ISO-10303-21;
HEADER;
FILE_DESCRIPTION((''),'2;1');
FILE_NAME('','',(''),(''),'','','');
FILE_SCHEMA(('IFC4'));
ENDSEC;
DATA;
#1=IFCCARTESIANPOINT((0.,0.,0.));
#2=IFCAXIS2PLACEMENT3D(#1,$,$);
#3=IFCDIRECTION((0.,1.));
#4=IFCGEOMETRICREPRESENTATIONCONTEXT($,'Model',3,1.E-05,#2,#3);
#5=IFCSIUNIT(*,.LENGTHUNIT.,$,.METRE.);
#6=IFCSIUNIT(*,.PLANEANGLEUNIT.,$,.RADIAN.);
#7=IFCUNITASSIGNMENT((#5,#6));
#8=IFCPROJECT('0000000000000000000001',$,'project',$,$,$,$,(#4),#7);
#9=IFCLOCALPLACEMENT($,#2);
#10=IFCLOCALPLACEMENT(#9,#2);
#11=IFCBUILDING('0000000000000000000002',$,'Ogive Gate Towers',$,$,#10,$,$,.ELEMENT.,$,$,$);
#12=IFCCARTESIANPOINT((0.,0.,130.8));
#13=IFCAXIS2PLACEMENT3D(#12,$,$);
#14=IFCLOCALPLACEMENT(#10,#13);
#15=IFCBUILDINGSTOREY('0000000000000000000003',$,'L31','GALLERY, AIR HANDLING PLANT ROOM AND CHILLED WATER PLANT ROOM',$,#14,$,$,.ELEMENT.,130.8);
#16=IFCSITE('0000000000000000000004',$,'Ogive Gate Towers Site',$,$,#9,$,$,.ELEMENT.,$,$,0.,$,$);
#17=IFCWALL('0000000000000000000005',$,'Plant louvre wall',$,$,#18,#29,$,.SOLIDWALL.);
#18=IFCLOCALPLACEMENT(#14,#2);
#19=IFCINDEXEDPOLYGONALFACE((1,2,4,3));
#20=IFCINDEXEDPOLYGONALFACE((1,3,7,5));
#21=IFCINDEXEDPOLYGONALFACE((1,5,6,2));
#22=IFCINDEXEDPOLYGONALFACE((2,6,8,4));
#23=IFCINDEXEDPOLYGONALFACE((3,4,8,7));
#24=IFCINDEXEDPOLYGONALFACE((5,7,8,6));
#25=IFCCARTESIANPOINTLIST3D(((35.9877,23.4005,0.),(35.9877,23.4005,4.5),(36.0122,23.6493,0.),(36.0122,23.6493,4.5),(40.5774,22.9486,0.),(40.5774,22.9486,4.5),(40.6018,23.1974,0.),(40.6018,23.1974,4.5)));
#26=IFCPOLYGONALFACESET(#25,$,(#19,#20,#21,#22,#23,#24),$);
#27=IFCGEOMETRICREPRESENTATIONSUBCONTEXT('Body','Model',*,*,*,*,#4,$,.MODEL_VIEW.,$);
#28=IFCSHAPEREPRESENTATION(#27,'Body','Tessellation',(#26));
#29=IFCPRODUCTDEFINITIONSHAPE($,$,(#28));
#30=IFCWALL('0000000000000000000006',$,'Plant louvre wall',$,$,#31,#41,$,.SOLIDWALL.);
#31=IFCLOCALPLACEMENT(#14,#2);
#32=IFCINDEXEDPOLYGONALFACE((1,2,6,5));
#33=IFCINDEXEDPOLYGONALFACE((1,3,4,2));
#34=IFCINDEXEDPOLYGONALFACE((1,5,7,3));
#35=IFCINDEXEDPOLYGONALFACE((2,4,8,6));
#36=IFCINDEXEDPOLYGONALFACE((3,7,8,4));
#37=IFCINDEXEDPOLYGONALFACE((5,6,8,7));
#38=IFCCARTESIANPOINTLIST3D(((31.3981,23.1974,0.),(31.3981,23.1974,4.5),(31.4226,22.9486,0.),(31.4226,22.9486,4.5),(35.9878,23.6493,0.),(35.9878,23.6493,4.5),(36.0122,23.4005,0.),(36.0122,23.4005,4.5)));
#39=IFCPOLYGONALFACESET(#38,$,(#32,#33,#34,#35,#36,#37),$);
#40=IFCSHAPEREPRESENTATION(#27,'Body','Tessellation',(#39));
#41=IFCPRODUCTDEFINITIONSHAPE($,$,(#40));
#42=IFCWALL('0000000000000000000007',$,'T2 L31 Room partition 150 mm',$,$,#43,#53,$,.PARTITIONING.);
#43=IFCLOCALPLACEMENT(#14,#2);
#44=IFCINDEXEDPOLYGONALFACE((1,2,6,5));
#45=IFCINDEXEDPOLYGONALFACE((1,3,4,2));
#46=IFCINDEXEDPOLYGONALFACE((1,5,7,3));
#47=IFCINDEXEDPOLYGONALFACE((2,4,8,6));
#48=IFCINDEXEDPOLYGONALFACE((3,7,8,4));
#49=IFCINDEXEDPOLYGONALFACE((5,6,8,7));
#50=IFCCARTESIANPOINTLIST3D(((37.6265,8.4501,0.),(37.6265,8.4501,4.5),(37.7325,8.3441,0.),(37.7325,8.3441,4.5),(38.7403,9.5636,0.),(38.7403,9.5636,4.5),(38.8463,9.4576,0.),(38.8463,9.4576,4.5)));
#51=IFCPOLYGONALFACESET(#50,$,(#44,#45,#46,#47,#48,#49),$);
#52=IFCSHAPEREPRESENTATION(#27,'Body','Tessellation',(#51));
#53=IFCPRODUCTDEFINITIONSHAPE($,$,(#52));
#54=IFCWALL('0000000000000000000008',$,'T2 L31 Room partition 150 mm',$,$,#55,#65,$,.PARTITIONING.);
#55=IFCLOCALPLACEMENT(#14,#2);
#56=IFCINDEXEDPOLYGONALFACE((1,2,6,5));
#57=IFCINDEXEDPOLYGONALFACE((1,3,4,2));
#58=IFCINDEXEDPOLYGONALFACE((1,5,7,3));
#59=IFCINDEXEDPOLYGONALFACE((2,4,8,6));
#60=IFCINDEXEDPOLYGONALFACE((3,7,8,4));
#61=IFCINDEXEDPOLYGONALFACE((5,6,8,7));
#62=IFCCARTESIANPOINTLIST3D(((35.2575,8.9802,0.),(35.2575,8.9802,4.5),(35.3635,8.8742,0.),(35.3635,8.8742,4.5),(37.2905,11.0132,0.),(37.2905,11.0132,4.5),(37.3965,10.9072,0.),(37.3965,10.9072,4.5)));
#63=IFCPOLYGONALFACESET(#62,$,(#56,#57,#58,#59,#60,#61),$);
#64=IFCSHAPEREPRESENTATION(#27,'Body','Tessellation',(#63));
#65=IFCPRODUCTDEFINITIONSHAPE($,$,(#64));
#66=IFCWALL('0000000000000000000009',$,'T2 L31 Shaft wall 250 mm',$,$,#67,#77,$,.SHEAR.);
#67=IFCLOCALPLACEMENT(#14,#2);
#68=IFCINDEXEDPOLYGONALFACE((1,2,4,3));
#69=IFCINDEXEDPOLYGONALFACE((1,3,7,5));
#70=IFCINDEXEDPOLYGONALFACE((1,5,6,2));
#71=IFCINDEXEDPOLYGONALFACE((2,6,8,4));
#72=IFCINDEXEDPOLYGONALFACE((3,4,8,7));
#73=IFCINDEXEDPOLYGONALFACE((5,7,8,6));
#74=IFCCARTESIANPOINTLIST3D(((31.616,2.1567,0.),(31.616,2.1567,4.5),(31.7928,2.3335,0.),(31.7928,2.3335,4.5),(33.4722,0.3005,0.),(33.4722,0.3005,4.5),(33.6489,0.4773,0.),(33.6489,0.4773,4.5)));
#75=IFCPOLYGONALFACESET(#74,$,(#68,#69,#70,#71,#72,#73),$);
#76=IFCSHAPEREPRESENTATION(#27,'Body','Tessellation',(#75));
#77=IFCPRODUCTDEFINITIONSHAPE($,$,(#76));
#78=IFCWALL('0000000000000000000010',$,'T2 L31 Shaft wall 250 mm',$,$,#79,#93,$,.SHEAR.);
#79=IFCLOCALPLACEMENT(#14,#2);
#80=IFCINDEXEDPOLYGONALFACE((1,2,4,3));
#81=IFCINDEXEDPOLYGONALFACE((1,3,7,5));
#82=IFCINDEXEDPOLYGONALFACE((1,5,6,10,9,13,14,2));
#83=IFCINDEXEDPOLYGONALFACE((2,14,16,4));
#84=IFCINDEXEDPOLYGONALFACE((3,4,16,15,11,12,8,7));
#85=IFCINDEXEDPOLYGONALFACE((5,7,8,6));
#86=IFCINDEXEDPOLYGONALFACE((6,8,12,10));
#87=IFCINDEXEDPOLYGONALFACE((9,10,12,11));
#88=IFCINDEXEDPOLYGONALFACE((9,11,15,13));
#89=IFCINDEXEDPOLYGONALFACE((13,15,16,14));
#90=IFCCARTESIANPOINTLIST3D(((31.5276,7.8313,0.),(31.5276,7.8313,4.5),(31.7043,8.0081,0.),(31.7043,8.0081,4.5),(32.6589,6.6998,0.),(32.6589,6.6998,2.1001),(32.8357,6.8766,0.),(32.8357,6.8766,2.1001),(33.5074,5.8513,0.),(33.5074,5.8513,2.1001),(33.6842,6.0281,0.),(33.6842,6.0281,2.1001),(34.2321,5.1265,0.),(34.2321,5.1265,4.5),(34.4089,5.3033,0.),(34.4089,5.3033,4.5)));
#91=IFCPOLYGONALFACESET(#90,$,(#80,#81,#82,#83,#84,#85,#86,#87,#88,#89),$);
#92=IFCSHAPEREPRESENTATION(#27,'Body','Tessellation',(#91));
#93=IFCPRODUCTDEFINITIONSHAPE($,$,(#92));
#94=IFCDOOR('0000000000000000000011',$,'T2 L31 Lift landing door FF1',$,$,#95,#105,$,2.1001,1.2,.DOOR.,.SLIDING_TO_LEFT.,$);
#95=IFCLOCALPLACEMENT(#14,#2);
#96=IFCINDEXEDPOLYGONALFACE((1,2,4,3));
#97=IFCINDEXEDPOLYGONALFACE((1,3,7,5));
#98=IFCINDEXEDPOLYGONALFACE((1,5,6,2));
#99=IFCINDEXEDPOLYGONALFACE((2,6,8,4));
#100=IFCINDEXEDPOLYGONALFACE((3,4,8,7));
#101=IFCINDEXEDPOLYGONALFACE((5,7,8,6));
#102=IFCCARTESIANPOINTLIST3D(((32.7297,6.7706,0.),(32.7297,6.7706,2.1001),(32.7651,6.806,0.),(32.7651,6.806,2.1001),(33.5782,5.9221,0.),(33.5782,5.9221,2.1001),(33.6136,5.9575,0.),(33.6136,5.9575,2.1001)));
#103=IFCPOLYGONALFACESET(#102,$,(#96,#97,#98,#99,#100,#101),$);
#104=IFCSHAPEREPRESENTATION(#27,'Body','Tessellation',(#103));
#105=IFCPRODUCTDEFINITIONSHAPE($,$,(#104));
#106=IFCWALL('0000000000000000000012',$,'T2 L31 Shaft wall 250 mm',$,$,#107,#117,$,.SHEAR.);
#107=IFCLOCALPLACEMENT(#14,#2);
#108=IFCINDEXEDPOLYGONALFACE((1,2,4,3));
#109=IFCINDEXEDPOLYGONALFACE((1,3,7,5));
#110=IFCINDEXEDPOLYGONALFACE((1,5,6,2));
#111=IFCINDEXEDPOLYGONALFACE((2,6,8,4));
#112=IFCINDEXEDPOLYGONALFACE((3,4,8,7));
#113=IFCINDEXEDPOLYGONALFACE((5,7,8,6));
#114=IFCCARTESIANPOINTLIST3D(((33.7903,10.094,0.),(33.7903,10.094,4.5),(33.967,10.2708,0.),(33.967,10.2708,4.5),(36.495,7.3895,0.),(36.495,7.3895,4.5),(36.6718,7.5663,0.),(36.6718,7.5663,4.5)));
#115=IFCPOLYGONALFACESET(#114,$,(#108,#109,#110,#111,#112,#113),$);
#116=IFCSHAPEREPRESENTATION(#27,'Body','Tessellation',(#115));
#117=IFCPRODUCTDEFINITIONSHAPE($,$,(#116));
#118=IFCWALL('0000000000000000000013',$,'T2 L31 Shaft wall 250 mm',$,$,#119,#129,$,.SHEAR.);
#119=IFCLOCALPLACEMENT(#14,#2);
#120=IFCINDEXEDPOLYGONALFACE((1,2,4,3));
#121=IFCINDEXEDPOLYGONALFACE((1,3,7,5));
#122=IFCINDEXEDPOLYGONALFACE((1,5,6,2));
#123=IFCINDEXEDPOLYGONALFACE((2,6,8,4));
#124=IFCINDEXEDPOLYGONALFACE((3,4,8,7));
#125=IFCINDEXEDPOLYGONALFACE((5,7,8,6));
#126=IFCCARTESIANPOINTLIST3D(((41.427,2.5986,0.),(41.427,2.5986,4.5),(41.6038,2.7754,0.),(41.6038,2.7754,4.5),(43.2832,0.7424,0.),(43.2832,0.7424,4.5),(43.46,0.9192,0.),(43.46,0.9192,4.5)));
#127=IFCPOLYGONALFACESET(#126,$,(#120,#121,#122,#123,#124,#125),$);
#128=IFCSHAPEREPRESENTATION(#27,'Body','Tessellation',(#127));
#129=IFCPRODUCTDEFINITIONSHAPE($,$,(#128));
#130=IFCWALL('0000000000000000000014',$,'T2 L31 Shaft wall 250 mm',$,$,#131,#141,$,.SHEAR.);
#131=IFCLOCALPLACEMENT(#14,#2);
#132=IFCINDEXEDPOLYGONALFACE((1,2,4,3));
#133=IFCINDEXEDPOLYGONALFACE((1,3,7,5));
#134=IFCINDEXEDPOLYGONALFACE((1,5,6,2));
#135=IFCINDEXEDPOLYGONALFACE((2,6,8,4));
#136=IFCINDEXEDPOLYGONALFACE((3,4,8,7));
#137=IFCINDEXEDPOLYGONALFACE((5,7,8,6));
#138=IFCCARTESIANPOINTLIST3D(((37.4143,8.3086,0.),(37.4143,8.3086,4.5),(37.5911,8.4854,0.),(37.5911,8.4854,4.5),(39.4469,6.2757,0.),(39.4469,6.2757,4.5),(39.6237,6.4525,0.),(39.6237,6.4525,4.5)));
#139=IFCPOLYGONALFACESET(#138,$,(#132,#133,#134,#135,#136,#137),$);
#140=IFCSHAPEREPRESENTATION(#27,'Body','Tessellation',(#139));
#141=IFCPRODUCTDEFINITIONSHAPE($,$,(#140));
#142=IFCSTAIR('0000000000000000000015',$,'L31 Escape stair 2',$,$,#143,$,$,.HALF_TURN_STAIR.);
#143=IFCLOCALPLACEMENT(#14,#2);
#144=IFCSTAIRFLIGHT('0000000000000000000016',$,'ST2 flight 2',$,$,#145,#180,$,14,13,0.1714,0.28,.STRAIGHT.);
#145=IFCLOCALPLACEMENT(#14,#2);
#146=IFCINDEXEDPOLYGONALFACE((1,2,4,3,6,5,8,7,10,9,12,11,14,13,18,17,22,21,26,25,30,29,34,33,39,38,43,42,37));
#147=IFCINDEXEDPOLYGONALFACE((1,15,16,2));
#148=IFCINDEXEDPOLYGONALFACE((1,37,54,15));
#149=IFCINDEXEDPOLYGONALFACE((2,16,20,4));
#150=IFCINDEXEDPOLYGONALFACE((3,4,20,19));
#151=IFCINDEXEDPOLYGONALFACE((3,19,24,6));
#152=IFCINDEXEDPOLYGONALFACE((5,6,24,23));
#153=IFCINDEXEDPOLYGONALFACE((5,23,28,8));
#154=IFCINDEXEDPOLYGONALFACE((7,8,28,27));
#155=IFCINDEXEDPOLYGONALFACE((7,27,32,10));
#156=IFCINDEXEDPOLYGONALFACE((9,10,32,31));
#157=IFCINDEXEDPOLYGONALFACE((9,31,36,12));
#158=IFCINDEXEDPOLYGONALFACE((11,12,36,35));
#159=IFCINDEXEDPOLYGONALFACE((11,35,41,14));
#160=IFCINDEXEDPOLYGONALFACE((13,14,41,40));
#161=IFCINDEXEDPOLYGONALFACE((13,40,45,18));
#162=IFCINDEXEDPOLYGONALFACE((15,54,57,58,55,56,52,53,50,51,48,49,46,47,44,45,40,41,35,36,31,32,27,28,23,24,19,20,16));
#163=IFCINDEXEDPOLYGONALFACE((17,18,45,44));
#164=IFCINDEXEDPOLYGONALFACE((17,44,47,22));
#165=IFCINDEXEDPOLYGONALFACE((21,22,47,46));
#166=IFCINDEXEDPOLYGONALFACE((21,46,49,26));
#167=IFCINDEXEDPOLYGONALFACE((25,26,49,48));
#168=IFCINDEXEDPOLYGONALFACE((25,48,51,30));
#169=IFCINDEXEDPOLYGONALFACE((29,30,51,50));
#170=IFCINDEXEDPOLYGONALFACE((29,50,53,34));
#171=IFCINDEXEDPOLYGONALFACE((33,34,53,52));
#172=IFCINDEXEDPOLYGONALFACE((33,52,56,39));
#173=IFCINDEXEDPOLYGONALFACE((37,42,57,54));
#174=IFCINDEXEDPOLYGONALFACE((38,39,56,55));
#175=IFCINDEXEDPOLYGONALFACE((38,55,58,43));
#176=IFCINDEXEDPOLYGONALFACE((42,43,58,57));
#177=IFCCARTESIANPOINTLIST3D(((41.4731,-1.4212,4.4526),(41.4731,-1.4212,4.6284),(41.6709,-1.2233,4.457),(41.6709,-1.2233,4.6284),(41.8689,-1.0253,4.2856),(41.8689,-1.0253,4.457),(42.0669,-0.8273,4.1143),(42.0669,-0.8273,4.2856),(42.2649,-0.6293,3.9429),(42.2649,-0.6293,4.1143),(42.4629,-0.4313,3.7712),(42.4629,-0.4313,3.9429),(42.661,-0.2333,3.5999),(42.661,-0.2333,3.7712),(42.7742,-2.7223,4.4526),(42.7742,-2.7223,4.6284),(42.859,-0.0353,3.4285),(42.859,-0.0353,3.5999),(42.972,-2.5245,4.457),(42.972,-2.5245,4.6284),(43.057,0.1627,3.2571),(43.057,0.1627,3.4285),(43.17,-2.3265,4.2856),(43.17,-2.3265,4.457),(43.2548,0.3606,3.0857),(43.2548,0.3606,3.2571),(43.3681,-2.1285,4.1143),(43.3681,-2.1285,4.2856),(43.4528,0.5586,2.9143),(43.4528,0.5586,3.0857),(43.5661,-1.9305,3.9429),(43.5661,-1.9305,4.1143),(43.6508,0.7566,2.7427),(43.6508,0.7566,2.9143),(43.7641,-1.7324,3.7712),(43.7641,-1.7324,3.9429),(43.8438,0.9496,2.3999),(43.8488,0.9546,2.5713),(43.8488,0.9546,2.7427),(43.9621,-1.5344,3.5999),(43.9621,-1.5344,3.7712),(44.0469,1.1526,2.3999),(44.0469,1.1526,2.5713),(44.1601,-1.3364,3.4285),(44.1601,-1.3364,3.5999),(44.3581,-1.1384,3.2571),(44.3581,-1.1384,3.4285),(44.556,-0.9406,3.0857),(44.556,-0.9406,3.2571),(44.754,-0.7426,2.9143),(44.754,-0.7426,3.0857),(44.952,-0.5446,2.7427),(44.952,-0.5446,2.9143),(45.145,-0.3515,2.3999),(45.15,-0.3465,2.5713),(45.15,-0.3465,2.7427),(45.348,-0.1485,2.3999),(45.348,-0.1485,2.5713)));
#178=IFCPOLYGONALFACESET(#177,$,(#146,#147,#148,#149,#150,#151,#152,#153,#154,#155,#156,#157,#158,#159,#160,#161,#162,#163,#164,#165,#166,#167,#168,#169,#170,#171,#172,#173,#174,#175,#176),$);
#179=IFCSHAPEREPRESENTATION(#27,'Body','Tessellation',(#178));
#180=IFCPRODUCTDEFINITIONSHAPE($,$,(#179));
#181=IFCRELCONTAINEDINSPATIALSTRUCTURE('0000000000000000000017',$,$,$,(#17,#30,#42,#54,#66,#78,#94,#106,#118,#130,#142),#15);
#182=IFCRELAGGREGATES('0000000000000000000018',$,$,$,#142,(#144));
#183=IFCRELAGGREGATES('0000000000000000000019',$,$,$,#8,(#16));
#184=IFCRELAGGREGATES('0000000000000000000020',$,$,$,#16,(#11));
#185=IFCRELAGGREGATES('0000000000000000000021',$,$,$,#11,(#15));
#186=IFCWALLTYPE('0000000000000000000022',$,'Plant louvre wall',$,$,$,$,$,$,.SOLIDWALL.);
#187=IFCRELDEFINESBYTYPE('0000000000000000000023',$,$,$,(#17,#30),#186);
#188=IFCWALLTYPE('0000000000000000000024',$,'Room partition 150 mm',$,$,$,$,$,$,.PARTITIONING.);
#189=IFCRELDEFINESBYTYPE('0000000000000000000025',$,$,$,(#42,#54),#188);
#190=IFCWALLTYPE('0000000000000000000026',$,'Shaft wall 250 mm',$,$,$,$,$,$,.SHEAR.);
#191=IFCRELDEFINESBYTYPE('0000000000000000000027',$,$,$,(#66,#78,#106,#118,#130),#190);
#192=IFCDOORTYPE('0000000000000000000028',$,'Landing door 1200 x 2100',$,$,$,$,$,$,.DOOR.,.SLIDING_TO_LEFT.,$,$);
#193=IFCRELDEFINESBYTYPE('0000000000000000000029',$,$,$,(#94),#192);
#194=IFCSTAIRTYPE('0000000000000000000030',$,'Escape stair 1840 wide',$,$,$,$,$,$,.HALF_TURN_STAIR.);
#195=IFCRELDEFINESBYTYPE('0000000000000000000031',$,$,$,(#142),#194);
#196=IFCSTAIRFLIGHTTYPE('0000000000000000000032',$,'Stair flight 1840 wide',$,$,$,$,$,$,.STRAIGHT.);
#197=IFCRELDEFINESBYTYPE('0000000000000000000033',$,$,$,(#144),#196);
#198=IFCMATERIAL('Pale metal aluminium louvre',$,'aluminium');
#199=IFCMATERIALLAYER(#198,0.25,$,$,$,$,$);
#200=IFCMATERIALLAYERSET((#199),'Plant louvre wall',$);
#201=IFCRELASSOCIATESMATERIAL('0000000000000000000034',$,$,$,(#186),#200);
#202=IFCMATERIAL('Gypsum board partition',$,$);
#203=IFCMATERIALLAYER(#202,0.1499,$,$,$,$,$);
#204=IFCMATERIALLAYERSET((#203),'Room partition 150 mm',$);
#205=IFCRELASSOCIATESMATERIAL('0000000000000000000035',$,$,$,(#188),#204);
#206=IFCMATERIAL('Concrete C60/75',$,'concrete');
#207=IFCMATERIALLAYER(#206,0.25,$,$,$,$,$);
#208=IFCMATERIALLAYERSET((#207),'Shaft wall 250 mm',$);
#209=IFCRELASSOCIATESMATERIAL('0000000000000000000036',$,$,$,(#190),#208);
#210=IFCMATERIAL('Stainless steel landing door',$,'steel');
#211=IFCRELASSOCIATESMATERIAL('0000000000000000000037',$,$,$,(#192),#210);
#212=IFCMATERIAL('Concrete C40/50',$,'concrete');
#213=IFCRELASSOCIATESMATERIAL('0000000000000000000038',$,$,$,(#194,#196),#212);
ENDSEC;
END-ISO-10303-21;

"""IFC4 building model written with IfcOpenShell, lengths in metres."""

from ifc_helpers import new_model, si_unit, direction, frame, frame_2d, origin, place, context, subcontext, project, spatial, polyline, rectangle, outline, extrude, material, layer, layer_set, type_object, element, fill, aggregate, save


model = new_model("IFC4")

# Units and contexts
model_context = context("Model", 3, precision=1e-05, world=origin(), true_north=direction((0.0, 1.0)))
body_context = subcontext(model_context, "Body", "Model", "MODEL_VIEW")
ifc_project = project(units=[si_unit("LENGTHUNIT", "METRE"), si_unit("PLANEANGLEUNIT", "RADIAN")], contexts=[model_context])

# Site, building, storey
site_placement = place(None, origin())
site = spatial("IfcSite", under=ifc_project, at=site_placement, Name="Ogive Gate Towers Site", CompositionType="ELEMENT", RefElevation=0.0)
building_placement = place(site_placement, origin())
building = spatial("IfcBuilding", under=site, at=building_placement, Name="Ogive Gate Towers", CompositionType="ELEMENT")
storey_placement = place(building_placement, frame((0.0, 0.0, 130.8)))
storey = spatial("IfcBuildingStorey", under=building, at=storey_placement, Name="L31", Description="GALLERY, AIR HANDLING PLANT ROOM AND CHILLED WATER PLANT ROOM", CompositionType="ELEMENT", Elevation=130.8)

# Walls
ifc_material_1 = material(Name="Pale metal aluminium louvre", Category="aluminium")
ifc_layer_1 = layer(ifc_material_1, 0.25)
ifc_layer_set_1 = layer_set([ifc_layer_1], Name="Plant louvre wall")
wall_type_1 = type_object("IfcWallType", Name="Plant louvre wall", PredefinedType="SOLIDWALL", material=ifc_layer_set_1)
for number, where, z_axis, x_axis, name in (
    (1, (40.5896, 23.073, 0.0), (0.0, 0.0, 1.0), (-0.995188, 0.097989, 0.0), "Plant louvre wall"),
    (2, (36.0, 23.5249, 0.0), (0.0, 0.0, 1.0), (-0.995188, -0.097989, 0.0), "Plant louvre wall"),
):
    element("IfcWall", number, at=place(storey_placement, frame(where, z_axis=z_axis, x_axis=x_axis)), inside=storey, type_object=wall_type_1, Name=name, PredefinedType="SOLIDWALL", context=body_context, shape_type="SweptSolid", body=[
        extrude(rectangle(XDim=4.6118, YDim=0.25, at=frame_2d((2.3059, 0.0))), origin(), (0.0, 0.0, 1.0), 4.5),
    ])
ifc_material_2 = material(Name="Gypsum board partition")
ifc_layer_2 = layer(ifc_material_2, 0.1499)
ifc_layer_set_2 = layer_set([ifc_layer_2], Name="Room partition 150 mm")
wall_type_2 = type_object("IfcWallType", Name="Room partition 150 mm", PredefinedType="PARTITIONING", material=ifc_layer_set_2)
wall_1_placement = place(storey_placement, frame((37.6794, 8.397, 0.0), z_axis=(0.0, 0.0, 1.0), x_axis=(0.707184, 0.707029, 0.0)))
element("IfcWall", 3, at=wall_1_placement, inside=storey, type_object=wall_type_2, Name="T2 L31 Room partition 150 mm", PredefinedType="PARTITIONING", context=body_context, shape_type="SweptSolid", body=[
    extrude(rectangle(XDim=1.575, YDim=0.1499, at=frame_2d((0.7876, 0.0))), origin(), (0.0, 0.0, 1.0), 4.5),
])
wall_2_placement = place(storey_placement, frame((35.3105, 8.9272, 0.0), z_axis=(0.0, 0.0, 1.0), x_axis=(0.707107, 0.707107, 0.0)))
element("IfcWall", 4, at=wall_2_placement, inside=storey, type_object=wall_type_2, Name="T2 L31 Room partition 150 mm", PredefinedType="PARTITIONING", context=body_context, shape_type="SweptSolid", body=[
    extrude(rectangle(XDim=2.875, YDim=0.1499, at=frame_2d((1.4375, 0.0))), origin(), (0.0, 0.0, 1.0), 4.5),
])
ifc_material_3 = material(Name="Concrete C60/75", Category="concrete")
ifc_layer_3 = layer(ifc_material_3, 0.25)
ifc_layer_set_3 = layer_set([ifc_layer_3], Name="Shaft wall 250 mm")
wall_type_3 = type_object("IfcWallType", Name="Shaft wall 250 mm", PredefinedType="SHEAR", material=ifc_layer_set_3)
wall_3_placement = place(storey_placement, frame((33.5605, 0.3889, 0.0), z_axis=(0.0, 0.0, 1.0), x_axis=(-0.707107, 0.707107, 0.0)))
element("IfcWall", 5, at=wall_3_placement, inside=storey, type_object=wall_type_3, Name="T2 L31 Shaft wall 250 mm", PredefinedType="SHEAR", context=body_context, shape_type="SweptSolid", body=[
    extrude(rectangle(XDim=2.625, YDim=0.25, at=frame_2d((1.3125, 0.0))), origin(), (0.0, 0.0, 1.0), 4.5),
])

# Wall, opening, door
wall_4_placement = place(storey_placement, frame((34.3206, 5.2148, 0.0), z_axis=(0.0, 0.0, 1.0), x_axis=(-0.707075, 0.707139, 0.0)))
wall_4 = element("IfcWall", 6, at=wall_4_placement, inside=storey, type_object=wall_type_3, Name="T2 L31 Shaft wall 250 mm", PredefinedType="SHEAR", context=body_context, shape_type="SweptSolid", body=[
    extrude(rectangle(XDim=3.825, YDim=0.25, at=frame_2d((1.9126, 0.0))), origin(), (0.0, 0.0, 1.0), 4.5),
])
opening_1_placement = place(wall_4_placement, frame((1.0249, 0.0, 0.0)))
opening_1 = element("IfcOpeningElement", 7, at=opening_1_placement, cuts=wall_4, PredefinedType="OPENING", context=body_context, shape_type="SweptSolid", body=[
    extrude(rectangle(XDim=1.2, YDim=2.1001, at=frame_2d((0.6001, 1.05))), frame((0.0, 0.135, 0.0), z_axis=(0.0, -1.0, 0.0), x_axis=(1.0, 0.0, 0.0)), (0.0, 0.0, 1.0), 0.27),
])
ifc_material_4 = material(Name="Stainless steel landing door", Category="steel")
door_type_1 = type_object("IfcDoorType", Name="Landing door 1200 x 2100", OperationType="SLIDING_TO_LEFT", PredefinedType="DOOR", material=ifc_material_4)
door_1_placement = place(opening_1_placement, origin())
door_1 = element("IfcDoor", 8, at=door_1_placement, inside=storey, type_object=door_type_1, Name="T2 L31 Lift landing door FF1", OperationType="SLIDING_TO_LEFT", OverallHeight=2.1001, OverallWidth=1.2, PredefinedType="DOOR", context=body_context, shape_type="SweptSolid", body=[
    extrude(rectangle(XDim=1.2, YDim=2.1001, at=frame_2d((0.6001, 1.05))), frame((0.0, 0.0249, 0.0), z_axis=(0.0, -1.0, 0.0), x_axis=(1.0, 0.0, 0.0)), (0.0, 0.0, 1.0), 0.05),
])
fill(opening_1, door_1)

# Walls
wall_5_placement = place(storey_placement, frame((36.5835, 7.4778, 0.0), z_axis=(0.0, 0.0, 1.0), x_axis=(-0.707139, 0.707075, 0.0)))
element("IfcWall", 9, at=wall_5_placement, inside=storey, type_object=wall_type_3, Name="T2 L31 Shaft wall 250 mm", PredefinedType="SHEAR", context=body_context, shape_type="SweptSolid", body=[
    extrude(rectangle(XDim=3.825, YDim=0.25, at=frame_2d((1.9126, 0.0))), origin(), (0.0, 0.0, 1.0), 4.5),
])
wall_6_placement = place(storey_placement, frame((43.3716, 0.8308, 0.0), z_axis=(0.0, 0.0, 1.0), x_axis=(-0.707107, 0.707107, 0.0)))
element("IfcWall", 10, at=wall_6_placement, inside=storey, type_object=wall_type_3, Name="T2 L31 Shaft wall 250 mm", PredefinedType="SHEAR", context=body_context, shape_type="SweptSolid", body=[
    extrude(rectangle(XDim=2.625, YDim=0.25, at=frame_2d((1.3125, 0.0))), origin(), (0.0, 0.0, 1.0), 4.5),
])
wall_7_placement = place(storey_placement, frame((39.5354, 6.364, 0.0), z_axis=(0.0, 0.0, 1.0), x_axis=(-0.707064, 0.707149, 0.0)))
element("IfcWall", 11, at=wall_7_placement, inside=storey, type_object=wall_type_3, Name="T2 L31 Shaft wall 250 mm", PredefinedType="SHEAR", context=body_context, shape_type="SweptSolid", body=[
    extrude(rectangle(XDim=2.8748, YDim=0.25, at=frame_2d((1.4375, 0.0))), origin(), (0.0, 0.0, 1.0), 4.5),
])

# Stair, stair flight
ifc_material_5 = material(Name="Concrete C40/50", Category="concrete")
stair_type = type_object("IfcStairType", Name="Escape stair 1840 wide", PredefinedType="HALF_TURN_STAIR", material=ifc_material_5)
stair_placement = place(storey_placement, origin())
stair = element("IfcStair", 12, at=stair_placement, inside=storey, type_object=stair_type, Name="L31 Escape stair 2", PredefinedType="HALF_TURN_STAIR")
stair_flight_type = type_object("IfcStairFlightType", Name="Stair flight 1840 wide", PredefinedType="STRAIGHT", material=ifc_material_5)
stair_flight_placement = place(storey_placement, frame((44.6975, 0.502, 2.3999), z_axis=(0.0, 0.0, 1.0), x_axis=(-0.707107, -0.707107, 0.0)))
stair_flight = element("IfcStairFlight", 13, at=stair_flight_placement, type_object=stair_flight_type, Name="ST2 flight 2", NumberOfRisers=14, NumberOfTreads=13, PredefinedType="STRAIGHT", RiserHeight=0.1714, TreadLength=0.28, context=body_context, shape_type="SweptSolid", body=[
    extrude(outline(polyline([(0.0, 0.0), (0.0, 0.1714), (0.28, 0.1714), (0.28, 0.3428), (0.5601, 0.3428), (0.5601, 0.5144), (0.8401, 0.5144), (0.8401, 0.6858), (1.1201, 0.6858), (1.1201, 0.8572), (1.3999, 0.8572), (1.3999, 1.0286), (1.6799, 1.0286), (1.6799, 1.2), (1.96, 1.2), (1.96, 1.3713), (2.24, 1.3713), (2.24, 1.543), (2.52, 1.543), (2.52, 1.7144), (2.8, 1.7144), (2.8, 1.8857), (3.0801, 1.8857), (3.0801, 2.0571), (3.3601, 2.0571), (3.3601, 2.2285), (3.6399, 2.2285), (3.6399, 2.3999), (3.6399, 2.0527), (0.2871, 0.0), (0.0, 0.0)])), frame((0.0, 0.9199, 0.0), z_axis=(0.0, -1.0, 0.0), x_axis=(1.0, 0.0, 0.0)), (0.0, 0.0, 1.0), 1.8401),
])
aggregate(stair, [stair_flight])

save(model, "model.ifc")
